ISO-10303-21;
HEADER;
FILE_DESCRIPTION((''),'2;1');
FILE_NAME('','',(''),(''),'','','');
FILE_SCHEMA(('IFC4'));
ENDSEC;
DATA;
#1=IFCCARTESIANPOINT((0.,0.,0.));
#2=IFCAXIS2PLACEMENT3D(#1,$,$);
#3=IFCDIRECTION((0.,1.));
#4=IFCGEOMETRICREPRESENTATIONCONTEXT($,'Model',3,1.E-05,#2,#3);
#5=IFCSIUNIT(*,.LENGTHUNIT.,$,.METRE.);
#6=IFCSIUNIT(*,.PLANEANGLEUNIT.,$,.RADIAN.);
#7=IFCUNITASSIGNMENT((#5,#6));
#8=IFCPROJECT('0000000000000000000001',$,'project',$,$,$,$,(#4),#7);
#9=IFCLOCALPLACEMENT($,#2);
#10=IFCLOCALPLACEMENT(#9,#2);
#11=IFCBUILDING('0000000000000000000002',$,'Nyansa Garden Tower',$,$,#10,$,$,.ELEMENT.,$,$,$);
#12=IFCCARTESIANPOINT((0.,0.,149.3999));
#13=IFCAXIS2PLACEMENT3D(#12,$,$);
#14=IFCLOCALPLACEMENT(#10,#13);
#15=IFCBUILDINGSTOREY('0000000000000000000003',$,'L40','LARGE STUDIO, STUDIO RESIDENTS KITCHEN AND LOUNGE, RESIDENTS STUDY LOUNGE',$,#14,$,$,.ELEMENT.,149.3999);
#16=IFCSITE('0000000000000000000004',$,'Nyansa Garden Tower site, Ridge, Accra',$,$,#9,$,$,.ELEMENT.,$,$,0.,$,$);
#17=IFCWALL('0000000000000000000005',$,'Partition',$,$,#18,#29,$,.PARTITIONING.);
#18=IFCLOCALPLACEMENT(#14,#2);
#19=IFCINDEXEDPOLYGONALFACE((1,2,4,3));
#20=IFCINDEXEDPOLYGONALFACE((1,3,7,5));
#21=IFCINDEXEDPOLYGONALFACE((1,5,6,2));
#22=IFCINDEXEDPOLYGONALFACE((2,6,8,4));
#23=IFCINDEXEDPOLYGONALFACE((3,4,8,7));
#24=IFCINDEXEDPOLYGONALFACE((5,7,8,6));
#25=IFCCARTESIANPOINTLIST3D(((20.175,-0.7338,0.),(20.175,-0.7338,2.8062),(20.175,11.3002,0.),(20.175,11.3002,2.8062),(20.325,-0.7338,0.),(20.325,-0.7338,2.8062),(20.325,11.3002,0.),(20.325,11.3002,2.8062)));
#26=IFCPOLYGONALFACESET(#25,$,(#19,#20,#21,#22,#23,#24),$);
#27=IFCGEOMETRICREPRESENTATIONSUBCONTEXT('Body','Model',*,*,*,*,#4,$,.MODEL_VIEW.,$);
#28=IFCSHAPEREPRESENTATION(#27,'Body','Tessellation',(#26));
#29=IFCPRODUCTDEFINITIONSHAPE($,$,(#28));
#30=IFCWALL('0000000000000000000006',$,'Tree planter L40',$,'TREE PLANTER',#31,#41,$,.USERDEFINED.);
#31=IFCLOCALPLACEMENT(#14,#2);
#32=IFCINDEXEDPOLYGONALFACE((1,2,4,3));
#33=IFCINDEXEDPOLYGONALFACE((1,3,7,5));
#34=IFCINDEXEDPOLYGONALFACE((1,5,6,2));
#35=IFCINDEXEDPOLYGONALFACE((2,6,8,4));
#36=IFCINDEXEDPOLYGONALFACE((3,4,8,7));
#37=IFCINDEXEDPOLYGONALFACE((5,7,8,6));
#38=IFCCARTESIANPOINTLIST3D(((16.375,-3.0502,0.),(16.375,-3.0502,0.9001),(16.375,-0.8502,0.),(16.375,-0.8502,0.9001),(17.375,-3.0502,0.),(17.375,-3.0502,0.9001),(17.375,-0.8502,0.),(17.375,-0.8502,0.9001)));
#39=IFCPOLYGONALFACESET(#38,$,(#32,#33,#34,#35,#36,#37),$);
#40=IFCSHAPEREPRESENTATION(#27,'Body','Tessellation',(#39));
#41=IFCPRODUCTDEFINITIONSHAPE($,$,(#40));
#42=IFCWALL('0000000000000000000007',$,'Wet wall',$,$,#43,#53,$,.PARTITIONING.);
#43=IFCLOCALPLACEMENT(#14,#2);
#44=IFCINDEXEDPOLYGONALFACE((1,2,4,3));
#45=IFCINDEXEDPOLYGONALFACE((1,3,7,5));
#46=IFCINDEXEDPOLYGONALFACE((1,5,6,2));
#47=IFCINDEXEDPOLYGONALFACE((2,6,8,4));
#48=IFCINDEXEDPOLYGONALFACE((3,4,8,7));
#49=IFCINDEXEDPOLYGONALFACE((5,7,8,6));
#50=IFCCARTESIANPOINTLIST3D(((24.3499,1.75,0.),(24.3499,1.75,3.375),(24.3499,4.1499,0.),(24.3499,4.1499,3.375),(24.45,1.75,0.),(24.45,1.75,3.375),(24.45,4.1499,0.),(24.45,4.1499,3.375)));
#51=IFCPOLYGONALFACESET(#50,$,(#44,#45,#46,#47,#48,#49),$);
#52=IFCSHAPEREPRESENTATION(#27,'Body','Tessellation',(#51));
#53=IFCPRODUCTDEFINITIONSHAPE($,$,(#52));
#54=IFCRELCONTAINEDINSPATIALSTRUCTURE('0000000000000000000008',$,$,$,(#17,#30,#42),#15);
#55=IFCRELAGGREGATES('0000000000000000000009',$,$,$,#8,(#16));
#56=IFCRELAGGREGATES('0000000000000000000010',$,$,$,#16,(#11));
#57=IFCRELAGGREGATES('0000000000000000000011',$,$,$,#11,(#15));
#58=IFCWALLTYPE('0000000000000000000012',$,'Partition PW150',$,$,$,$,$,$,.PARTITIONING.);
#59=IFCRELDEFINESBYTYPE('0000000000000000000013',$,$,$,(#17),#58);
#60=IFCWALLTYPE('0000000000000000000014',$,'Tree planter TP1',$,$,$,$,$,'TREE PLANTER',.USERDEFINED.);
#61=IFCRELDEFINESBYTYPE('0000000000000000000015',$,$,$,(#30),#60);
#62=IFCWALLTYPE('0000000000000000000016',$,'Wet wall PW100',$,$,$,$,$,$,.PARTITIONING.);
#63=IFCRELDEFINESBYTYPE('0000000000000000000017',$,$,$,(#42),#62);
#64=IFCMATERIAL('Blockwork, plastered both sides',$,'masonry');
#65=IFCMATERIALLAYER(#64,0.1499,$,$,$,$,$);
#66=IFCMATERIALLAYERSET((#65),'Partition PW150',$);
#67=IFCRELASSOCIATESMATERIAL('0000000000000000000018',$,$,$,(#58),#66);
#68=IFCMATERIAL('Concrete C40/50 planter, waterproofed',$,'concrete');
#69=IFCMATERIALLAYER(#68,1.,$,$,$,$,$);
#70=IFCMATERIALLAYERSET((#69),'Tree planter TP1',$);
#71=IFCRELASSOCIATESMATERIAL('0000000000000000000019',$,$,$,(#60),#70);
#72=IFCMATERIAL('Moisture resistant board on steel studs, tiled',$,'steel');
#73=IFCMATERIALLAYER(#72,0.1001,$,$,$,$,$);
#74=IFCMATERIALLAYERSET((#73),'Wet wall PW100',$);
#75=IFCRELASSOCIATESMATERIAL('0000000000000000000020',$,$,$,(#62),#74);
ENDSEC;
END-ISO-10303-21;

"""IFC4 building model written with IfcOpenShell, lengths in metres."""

from ifc_helpers import new_model, si_unit, direction, frame, frame_2d, origin, place, context, subcontext, project, spatial, rectangle, extrude, material, layer, layer_set, type_object, element, save


model = new_model("IFC4")

# Units and contexts
model_context = context("Model", 3, precision=1e-05, world=origin(), true_north=direction((0.0, 1.0)))
body_context = subcontext(model_context, "Body", "Model", "MODEL_VIEW")
ifc_project = project(units=[si_unit("LENGTHUNIT", "METRE"), si_unit("PLANEANGLEUNIT", "RADIAN")], contexts=[model_context])

# Site, building, storey
site_placement = place(None, origin())
site = spatial("IfcSite", under=ifc_project, at=site_placement, Name="Nyansa Garden Tower site, Ridge, Accra", CompositionType="ELEMENT", RefElevation=0.0)
building_placement = place(site_placement, origin())
building = spatial("IfcBuilding", under=site, at=building_placement, Name="Nyansa Garden Tower", CompositionType="ELEMENT")
storey_placement = place(building_placement, frame((0.0, 0.0, 149.3999)))
storey = spatial("IfcBuildingStorey", under=building, at=storey_placement, Name="L40", Description="LARGE STUDIO, STUDIO RESIDENTS KITCHEN AND LOUNGE, RESIDENTS STUDY LOUNGE", CompositionType="ELEMENT", Elevation=149.3999)

# Walls
ifc_material_1 = material(Name="Blockwork, plastered both sides", Category="masonry")
ifc_layer_1 = layer(ifc_material_1, 0.1499)
ifc_layer_set_1 = layer_set([ifc_layer_1], Name="Partition PW150")
wall_type_1 = type_object("IfcWallType", Name="Partition PW150", PredefinedType="PARTITIONING", material=ifc_layer_set_1)
wall_1_placement = place(storey_placement, frame((20.25, -0.7339, 0.0), z_axis=(0.0, 0.0, 1.0), x_axis=(0.0, 1.0, 0.0)))
element("IfcWall", 1, at=wall_1_placement, inside=storey, type_object=wall_type_1, Name="Partition", PredefinedType="PARTITIONING", context=body_context, shape_type="SweptSolid", body=[
    extrude(rectangle(XDim=12.0339, YDim=0.1499, at=frame_2d((6.0171, 0.0))), origin(), (0.0, 0.0, 1.0), 2.8062),
])
ifc_material_2 = material(Name="Concrete C40/50 planter, waterproofed", Category="concrete")
ifc_layer_2 = layer(ifc_material_2, 1.0)
ifc_layer_set_2 = layer_set([ifc_layer_2], Name="Tree planter TP1")
wall_type_2 = type_object("IfcWallType", Name="Tree planter TP1", ElementType="TREE PLANTER", PredefinedType="USERDEFINED", material=ifc_layer_set_2)
wall_2_placement = place(storey_placement, frame((16.875, -0.8501, 0.0), z_axis=(0.0, 0.0, 1.0), x_axis=(0.0, -1.0, 0.0)))
element("IfcWall", 2, at=wall_2_placement, inside=storey, type_object=wall_type_2, Name="Tree planter L40", ObjectType="TREE PLANTER", PredefinedType="USERDEFINED", context=body_context, shape_type="SweptSolid", body=[
    extrude(rectangle(XDim=2.2, YDim=1.0, at=frame_2d((1.1001, 0.0))), origin(), (0.0, 0.0, 1.0), 0.9001),
])
ifc_material_3 = material(Name="Moisture resistant board on steel studs, tiled", Category="steel")
ifc_layer_3 = layer(ifc_material_3, 0.1001)
ifc_layer_set_3 = layer_set([ifc_layer_3], Name="Wet wall PW100")
wall_type_3 = type_object("IfcWallType", Name="Wet wall PW100", PredefinedType="PARTITIONING", material=ifc_layer_set_3)
wall_3_placement = place(storey_placement, frame((24.3999, 1.75, 0.0), z_axis=(0.0, 0.0, 1.0), x_axis=(0.0, 1.0, 0.0)))
element("IfcWall", 3, at=wall_3_placement, inside=storey, type_object=wall_type_3, Name="Wet wall", PredefinedType="PARTITIONING", context=body_context, shape_type="SweptSolid", body=[
    extrude(rectangle(XDim=2.3999, YDim=0.1001, at=frame_2d((1.2, 0.0))), origin(), (0.0, 0.0, 1.0), 3.375),
])

save(model, "model.ifc")
